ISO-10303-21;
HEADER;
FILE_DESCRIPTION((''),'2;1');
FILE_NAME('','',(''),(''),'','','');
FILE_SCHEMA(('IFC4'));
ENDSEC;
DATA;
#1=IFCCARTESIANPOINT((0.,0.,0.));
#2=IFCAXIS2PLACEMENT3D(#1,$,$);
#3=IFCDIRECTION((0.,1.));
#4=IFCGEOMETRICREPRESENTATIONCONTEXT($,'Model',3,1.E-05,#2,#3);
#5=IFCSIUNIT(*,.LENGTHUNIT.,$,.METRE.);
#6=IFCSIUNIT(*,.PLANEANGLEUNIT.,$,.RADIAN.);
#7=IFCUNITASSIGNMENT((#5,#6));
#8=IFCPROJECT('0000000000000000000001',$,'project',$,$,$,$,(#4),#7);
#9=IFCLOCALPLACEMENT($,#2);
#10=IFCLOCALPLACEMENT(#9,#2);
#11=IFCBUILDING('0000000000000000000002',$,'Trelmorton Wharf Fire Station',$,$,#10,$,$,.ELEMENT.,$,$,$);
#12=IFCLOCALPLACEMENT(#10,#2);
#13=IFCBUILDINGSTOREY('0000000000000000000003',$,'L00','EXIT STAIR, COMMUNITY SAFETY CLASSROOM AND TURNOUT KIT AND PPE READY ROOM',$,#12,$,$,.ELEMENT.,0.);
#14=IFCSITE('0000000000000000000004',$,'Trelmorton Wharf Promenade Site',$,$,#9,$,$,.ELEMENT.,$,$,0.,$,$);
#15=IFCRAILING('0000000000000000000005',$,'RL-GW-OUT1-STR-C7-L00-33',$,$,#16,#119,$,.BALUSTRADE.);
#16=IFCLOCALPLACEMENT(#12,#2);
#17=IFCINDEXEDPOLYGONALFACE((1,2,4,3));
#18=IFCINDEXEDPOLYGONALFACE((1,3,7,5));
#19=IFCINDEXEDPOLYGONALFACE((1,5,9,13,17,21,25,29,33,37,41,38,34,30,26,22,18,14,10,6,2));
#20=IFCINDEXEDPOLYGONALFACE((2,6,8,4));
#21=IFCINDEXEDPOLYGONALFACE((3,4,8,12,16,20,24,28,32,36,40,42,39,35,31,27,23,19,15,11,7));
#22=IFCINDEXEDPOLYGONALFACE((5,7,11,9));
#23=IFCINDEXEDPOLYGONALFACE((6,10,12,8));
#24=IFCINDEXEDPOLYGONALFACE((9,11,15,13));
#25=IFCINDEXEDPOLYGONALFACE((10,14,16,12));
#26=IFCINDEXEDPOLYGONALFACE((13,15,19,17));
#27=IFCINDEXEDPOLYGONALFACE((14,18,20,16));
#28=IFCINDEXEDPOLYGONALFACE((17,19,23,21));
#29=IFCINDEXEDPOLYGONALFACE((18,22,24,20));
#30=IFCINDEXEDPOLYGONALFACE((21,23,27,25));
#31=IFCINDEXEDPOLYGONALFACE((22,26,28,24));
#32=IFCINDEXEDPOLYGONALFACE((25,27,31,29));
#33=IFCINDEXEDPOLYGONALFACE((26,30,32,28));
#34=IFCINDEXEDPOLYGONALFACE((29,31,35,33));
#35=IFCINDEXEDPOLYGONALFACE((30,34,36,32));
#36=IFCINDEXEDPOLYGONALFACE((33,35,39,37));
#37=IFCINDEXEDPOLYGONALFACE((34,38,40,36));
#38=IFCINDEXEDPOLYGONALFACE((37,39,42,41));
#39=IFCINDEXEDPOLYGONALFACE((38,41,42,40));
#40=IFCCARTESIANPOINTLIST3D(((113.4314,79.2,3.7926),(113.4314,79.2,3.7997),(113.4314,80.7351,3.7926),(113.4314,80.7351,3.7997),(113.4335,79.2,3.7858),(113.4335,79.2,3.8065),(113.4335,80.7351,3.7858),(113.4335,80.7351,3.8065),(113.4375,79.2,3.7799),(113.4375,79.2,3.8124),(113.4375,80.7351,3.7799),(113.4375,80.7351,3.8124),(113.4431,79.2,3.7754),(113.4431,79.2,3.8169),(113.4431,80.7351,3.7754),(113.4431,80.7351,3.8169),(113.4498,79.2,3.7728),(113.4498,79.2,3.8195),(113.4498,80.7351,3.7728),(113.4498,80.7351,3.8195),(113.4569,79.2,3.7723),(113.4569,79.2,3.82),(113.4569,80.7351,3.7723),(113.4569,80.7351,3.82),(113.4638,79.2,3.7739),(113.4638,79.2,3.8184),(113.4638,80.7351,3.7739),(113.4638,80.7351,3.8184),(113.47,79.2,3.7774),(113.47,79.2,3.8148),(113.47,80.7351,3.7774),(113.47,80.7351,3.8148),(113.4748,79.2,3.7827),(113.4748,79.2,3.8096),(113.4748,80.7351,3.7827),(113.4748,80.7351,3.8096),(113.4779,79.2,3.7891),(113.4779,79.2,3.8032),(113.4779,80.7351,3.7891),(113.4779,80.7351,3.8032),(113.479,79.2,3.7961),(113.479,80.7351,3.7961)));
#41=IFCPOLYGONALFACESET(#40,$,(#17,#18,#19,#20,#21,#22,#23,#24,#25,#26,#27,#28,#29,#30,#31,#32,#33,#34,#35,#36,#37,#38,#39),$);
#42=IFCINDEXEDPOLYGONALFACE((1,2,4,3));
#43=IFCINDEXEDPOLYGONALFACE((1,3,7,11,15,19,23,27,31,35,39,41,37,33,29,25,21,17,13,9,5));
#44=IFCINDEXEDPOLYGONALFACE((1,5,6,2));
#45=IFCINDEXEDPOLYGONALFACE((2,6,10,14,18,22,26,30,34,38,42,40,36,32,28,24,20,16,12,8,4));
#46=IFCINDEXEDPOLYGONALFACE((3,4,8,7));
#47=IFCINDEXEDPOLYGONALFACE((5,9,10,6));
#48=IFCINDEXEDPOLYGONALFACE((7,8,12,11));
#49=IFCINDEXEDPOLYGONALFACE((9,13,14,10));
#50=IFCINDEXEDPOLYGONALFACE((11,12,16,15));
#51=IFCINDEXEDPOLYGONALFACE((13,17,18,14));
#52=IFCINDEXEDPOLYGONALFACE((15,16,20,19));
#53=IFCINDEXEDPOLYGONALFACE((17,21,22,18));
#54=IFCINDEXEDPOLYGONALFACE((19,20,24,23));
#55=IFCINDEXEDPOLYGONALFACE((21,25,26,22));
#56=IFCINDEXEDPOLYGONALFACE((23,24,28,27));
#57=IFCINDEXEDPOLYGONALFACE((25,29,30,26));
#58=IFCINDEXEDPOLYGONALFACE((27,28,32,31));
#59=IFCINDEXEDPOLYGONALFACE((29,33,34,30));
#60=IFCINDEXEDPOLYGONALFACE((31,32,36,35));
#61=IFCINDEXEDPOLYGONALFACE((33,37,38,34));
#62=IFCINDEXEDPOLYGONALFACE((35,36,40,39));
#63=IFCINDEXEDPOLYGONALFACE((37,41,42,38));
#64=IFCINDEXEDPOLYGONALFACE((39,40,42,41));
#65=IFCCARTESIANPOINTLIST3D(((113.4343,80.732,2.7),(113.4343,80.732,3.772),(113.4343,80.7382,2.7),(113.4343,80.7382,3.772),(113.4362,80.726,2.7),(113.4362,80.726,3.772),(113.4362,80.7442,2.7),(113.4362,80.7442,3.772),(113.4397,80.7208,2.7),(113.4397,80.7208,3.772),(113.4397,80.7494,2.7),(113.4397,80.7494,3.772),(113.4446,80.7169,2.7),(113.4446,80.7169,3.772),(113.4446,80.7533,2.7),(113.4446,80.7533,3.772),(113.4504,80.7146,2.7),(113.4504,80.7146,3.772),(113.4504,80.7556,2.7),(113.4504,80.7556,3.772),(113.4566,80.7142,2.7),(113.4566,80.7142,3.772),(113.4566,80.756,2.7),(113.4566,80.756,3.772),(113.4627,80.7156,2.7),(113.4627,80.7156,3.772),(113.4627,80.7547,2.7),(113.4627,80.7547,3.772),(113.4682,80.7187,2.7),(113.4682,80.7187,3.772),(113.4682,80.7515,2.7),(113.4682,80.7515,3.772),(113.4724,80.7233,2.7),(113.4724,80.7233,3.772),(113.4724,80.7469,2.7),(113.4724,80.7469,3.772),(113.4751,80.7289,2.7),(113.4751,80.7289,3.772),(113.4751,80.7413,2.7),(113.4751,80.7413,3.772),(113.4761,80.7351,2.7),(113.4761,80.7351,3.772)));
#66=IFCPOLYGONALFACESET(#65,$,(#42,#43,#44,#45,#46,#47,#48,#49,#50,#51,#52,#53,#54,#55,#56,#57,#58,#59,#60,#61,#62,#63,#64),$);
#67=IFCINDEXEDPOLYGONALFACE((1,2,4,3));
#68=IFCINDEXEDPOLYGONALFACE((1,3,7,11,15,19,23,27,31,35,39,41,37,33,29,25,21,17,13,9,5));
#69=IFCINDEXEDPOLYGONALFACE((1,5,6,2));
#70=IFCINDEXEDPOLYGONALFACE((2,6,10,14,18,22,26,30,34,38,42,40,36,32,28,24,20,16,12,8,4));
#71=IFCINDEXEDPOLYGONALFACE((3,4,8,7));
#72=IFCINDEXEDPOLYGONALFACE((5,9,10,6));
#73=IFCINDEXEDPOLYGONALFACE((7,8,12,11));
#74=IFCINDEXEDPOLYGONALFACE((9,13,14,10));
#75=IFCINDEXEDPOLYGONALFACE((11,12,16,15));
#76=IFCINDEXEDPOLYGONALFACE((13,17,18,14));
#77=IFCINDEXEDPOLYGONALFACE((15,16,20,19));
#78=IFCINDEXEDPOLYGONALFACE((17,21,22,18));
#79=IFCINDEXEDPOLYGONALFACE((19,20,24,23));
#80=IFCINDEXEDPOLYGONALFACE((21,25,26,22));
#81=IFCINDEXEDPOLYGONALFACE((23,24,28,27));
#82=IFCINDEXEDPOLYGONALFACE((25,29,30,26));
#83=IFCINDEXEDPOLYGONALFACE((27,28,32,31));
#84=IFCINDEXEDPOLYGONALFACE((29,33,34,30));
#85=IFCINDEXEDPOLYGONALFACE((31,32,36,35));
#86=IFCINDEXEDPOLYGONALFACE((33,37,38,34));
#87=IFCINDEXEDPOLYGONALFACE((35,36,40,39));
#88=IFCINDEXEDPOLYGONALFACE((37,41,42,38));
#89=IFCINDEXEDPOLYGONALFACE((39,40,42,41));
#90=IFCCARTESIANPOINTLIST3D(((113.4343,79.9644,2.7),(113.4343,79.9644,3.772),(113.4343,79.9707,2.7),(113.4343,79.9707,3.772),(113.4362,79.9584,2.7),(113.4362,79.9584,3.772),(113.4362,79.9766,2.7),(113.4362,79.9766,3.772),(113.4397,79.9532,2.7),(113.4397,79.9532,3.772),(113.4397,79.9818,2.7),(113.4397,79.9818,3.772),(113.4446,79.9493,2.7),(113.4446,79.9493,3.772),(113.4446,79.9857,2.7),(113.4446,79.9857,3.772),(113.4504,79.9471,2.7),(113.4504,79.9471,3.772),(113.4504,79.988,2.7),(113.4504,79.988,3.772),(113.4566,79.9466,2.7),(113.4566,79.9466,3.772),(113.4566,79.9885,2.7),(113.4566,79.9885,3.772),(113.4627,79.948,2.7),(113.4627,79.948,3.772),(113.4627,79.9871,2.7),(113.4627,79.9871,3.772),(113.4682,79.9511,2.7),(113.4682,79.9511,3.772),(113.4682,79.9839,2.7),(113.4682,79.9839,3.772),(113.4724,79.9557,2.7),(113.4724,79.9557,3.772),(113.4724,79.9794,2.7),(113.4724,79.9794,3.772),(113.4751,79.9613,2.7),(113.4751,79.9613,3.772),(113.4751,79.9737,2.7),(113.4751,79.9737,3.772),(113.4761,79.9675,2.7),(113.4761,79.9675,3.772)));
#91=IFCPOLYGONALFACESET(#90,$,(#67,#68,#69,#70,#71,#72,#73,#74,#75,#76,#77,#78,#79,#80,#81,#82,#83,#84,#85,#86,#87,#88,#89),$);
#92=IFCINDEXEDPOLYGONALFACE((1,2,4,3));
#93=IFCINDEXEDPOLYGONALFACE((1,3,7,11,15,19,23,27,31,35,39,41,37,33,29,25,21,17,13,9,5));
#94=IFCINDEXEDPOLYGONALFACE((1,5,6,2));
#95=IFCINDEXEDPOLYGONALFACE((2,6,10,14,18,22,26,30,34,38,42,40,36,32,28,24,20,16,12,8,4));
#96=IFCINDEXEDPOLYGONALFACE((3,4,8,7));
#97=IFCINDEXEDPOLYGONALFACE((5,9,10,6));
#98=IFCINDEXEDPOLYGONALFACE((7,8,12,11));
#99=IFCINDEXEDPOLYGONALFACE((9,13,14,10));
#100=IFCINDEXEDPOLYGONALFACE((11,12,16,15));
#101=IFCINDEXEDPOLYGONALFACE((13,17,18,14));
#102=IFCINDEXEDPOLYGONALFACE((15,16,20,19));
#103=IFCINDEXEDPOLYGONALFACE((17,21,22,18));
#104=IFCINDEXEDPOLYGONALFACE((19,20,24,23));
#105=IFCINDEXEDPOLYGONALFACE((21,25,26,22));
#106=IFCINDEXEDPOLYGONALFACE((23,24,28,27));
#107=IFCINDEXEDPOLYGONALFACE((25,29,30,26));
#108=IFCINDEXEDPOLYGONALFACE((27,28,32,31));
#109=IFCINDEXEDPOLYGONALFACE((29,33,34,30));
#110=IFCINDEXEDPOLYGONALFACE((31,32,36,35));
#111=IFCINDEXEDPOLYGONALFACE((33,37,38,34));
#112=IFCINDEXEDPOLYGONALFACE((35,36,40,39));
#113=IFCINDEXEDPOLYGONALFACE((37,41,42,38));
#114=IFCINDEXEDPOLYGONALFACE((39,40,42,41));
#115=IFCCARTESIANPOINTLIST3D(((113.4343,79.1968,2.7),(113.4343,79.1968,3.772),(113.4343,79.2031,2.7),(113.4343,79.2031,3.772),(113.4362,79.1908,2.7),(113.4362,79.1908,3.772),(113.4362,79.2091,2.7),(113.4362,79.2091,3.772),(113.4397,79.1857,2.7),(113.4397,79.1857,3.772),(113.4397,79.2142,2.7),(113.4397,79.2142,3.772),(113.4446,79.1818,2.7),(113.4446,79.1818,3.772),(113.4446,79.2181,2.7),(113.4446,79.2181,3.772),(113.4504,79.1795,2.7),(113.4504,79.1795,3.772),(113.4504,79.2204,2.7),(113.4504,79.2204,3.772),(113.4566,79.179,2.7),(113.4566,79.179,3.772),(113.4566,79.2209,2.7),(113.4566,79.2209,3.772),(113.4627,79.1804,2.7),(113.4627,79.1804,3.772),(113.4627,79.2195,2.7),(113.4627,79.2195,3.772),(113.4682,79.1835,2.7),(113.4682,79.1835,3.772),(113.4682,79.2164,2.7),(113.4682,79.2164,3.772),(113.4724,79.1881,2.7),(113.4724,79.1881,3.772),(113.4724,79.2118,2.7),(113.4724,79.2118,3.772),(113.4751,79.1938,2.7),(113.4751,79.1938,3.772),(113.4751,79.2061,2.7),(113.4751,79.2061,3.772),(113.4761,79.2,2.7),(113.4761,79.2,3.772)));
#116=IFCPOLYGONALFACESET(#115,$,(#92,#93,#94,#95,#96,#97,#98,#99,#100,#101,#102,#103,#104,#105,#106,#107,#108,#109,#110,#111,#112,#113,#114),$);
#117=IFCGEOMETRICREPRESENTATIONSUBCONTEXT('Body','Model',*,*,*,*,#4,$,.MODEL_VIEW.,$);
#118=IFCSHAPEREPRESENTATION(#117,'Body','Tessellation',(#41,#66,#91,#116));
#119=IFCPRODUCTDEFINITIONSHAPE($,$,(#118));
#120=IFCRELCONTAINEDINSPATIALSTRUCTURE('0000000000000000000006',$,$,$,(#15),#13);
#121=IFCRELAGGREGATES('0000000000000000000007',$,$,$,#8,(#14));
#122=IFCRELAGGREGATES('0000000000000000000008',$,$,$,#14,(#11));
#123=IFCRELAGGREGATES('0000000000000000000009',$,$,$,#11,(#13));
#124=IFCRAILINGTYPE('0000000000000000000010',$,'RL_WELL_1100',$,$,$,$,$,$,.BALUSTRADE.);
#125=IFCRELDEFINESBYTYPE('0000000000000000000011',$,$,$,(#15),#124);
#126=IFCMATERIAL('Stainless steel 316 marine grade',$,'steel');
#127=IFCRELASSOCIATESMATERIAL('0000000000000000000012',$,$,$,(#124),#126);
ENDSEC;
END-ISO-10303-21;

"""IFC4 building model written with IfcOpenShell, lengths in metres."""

from ifc_helpers import new_model, si_unit, direction, frame, origin, origin_2d, place, context, subcontext, project, spatial, circle, extrude, material, type_object, element, save


model = new_model("IFC4")

# Units and contexts
model_context = context("Model", 3, precision=1e-05, world=origin(), true_north=direction((0.0, 1.0)))
body_context = subcontext(model_context, "Body", "Model", "MODEL_VIEW")
ifc_project = project(units=[si_unit("LENGTHUNIT", "METRE"), si_unit("PLANEANGLEUNIT", "RADIAN")], contexts=[model_context])

# Site, building, storey
site_placement = place(None, origin())
site = spatial("IfcSite", under=ifc_project, at=site_placement, Name="Trelmorton Wharf Promenade Site", CompositionType="ELEMENT", RefElevation=0.0)
building_placement = place(site_placement, origin())
building = spatial("IfcBuilding", under=site, at=building_placement, Name="Trelmorton Wharf Fire Station", CompositionType="ELEMENT")
storey_placement = place(building_placement, origin())
storey = spatial("IfcBuildingStorey", under=building, at=storey_placement, Name="L00", Description="EXIT STAIR, COMMUNITY SAFETY CLASSROOM AND TURNOUT KIT AND PPE READY ROOM", CompositionType="ELEMENT", Elevation=0.0)

# Shared definitions
ifc_material_1 = material(Name="Stainless steel 316 marine grade", Category="steel")

# Railing
railing_type_1 = type_object("IfcRailingType", Name="RL_WELL_1100", PredefinedType="BALUSTRADE", material=ifc_material_1)
railing_1_placement = place(storey_placement, frame((113.4551, 80.7351, 2.7)))
element("IfcRailing", 1, at=railing_1_placement, inside=storey, type_object=railing_type_1, Name="RL-GW-OUT1-STR-C7-L00-33", PredefinedType="BALUSTRADE", context=body_context, shape_type="SweptSolid", body=[
    extrude(circle(Radius=0.0239, at=origin_2d()), frame((0.0, 0.0, 1.0962), z_axis=(0.0, -1.0, 0.0), x_axis=(1.0, 0.0, 0.0)), (0.0, 0.0, 1.0), 1.5352),
    extrude(circle(Radius=0.021, at=origin_2d()), origin(), (0.0, 0.0, 1.0), 1.072),
    extrude(circle(Radius=0.021, at=origin_2d()), frame((0.0, -0.7676, 0.0)), (0.0, 0.0, 1.0), 1.072),
    extrude(circle(Radius=0.021, at=origin_2d()), frame((0.0, -1.5352, 0.0)), (0.0, 0.0, 1.0), 1.072),
])

save(model, "model.ifc")
